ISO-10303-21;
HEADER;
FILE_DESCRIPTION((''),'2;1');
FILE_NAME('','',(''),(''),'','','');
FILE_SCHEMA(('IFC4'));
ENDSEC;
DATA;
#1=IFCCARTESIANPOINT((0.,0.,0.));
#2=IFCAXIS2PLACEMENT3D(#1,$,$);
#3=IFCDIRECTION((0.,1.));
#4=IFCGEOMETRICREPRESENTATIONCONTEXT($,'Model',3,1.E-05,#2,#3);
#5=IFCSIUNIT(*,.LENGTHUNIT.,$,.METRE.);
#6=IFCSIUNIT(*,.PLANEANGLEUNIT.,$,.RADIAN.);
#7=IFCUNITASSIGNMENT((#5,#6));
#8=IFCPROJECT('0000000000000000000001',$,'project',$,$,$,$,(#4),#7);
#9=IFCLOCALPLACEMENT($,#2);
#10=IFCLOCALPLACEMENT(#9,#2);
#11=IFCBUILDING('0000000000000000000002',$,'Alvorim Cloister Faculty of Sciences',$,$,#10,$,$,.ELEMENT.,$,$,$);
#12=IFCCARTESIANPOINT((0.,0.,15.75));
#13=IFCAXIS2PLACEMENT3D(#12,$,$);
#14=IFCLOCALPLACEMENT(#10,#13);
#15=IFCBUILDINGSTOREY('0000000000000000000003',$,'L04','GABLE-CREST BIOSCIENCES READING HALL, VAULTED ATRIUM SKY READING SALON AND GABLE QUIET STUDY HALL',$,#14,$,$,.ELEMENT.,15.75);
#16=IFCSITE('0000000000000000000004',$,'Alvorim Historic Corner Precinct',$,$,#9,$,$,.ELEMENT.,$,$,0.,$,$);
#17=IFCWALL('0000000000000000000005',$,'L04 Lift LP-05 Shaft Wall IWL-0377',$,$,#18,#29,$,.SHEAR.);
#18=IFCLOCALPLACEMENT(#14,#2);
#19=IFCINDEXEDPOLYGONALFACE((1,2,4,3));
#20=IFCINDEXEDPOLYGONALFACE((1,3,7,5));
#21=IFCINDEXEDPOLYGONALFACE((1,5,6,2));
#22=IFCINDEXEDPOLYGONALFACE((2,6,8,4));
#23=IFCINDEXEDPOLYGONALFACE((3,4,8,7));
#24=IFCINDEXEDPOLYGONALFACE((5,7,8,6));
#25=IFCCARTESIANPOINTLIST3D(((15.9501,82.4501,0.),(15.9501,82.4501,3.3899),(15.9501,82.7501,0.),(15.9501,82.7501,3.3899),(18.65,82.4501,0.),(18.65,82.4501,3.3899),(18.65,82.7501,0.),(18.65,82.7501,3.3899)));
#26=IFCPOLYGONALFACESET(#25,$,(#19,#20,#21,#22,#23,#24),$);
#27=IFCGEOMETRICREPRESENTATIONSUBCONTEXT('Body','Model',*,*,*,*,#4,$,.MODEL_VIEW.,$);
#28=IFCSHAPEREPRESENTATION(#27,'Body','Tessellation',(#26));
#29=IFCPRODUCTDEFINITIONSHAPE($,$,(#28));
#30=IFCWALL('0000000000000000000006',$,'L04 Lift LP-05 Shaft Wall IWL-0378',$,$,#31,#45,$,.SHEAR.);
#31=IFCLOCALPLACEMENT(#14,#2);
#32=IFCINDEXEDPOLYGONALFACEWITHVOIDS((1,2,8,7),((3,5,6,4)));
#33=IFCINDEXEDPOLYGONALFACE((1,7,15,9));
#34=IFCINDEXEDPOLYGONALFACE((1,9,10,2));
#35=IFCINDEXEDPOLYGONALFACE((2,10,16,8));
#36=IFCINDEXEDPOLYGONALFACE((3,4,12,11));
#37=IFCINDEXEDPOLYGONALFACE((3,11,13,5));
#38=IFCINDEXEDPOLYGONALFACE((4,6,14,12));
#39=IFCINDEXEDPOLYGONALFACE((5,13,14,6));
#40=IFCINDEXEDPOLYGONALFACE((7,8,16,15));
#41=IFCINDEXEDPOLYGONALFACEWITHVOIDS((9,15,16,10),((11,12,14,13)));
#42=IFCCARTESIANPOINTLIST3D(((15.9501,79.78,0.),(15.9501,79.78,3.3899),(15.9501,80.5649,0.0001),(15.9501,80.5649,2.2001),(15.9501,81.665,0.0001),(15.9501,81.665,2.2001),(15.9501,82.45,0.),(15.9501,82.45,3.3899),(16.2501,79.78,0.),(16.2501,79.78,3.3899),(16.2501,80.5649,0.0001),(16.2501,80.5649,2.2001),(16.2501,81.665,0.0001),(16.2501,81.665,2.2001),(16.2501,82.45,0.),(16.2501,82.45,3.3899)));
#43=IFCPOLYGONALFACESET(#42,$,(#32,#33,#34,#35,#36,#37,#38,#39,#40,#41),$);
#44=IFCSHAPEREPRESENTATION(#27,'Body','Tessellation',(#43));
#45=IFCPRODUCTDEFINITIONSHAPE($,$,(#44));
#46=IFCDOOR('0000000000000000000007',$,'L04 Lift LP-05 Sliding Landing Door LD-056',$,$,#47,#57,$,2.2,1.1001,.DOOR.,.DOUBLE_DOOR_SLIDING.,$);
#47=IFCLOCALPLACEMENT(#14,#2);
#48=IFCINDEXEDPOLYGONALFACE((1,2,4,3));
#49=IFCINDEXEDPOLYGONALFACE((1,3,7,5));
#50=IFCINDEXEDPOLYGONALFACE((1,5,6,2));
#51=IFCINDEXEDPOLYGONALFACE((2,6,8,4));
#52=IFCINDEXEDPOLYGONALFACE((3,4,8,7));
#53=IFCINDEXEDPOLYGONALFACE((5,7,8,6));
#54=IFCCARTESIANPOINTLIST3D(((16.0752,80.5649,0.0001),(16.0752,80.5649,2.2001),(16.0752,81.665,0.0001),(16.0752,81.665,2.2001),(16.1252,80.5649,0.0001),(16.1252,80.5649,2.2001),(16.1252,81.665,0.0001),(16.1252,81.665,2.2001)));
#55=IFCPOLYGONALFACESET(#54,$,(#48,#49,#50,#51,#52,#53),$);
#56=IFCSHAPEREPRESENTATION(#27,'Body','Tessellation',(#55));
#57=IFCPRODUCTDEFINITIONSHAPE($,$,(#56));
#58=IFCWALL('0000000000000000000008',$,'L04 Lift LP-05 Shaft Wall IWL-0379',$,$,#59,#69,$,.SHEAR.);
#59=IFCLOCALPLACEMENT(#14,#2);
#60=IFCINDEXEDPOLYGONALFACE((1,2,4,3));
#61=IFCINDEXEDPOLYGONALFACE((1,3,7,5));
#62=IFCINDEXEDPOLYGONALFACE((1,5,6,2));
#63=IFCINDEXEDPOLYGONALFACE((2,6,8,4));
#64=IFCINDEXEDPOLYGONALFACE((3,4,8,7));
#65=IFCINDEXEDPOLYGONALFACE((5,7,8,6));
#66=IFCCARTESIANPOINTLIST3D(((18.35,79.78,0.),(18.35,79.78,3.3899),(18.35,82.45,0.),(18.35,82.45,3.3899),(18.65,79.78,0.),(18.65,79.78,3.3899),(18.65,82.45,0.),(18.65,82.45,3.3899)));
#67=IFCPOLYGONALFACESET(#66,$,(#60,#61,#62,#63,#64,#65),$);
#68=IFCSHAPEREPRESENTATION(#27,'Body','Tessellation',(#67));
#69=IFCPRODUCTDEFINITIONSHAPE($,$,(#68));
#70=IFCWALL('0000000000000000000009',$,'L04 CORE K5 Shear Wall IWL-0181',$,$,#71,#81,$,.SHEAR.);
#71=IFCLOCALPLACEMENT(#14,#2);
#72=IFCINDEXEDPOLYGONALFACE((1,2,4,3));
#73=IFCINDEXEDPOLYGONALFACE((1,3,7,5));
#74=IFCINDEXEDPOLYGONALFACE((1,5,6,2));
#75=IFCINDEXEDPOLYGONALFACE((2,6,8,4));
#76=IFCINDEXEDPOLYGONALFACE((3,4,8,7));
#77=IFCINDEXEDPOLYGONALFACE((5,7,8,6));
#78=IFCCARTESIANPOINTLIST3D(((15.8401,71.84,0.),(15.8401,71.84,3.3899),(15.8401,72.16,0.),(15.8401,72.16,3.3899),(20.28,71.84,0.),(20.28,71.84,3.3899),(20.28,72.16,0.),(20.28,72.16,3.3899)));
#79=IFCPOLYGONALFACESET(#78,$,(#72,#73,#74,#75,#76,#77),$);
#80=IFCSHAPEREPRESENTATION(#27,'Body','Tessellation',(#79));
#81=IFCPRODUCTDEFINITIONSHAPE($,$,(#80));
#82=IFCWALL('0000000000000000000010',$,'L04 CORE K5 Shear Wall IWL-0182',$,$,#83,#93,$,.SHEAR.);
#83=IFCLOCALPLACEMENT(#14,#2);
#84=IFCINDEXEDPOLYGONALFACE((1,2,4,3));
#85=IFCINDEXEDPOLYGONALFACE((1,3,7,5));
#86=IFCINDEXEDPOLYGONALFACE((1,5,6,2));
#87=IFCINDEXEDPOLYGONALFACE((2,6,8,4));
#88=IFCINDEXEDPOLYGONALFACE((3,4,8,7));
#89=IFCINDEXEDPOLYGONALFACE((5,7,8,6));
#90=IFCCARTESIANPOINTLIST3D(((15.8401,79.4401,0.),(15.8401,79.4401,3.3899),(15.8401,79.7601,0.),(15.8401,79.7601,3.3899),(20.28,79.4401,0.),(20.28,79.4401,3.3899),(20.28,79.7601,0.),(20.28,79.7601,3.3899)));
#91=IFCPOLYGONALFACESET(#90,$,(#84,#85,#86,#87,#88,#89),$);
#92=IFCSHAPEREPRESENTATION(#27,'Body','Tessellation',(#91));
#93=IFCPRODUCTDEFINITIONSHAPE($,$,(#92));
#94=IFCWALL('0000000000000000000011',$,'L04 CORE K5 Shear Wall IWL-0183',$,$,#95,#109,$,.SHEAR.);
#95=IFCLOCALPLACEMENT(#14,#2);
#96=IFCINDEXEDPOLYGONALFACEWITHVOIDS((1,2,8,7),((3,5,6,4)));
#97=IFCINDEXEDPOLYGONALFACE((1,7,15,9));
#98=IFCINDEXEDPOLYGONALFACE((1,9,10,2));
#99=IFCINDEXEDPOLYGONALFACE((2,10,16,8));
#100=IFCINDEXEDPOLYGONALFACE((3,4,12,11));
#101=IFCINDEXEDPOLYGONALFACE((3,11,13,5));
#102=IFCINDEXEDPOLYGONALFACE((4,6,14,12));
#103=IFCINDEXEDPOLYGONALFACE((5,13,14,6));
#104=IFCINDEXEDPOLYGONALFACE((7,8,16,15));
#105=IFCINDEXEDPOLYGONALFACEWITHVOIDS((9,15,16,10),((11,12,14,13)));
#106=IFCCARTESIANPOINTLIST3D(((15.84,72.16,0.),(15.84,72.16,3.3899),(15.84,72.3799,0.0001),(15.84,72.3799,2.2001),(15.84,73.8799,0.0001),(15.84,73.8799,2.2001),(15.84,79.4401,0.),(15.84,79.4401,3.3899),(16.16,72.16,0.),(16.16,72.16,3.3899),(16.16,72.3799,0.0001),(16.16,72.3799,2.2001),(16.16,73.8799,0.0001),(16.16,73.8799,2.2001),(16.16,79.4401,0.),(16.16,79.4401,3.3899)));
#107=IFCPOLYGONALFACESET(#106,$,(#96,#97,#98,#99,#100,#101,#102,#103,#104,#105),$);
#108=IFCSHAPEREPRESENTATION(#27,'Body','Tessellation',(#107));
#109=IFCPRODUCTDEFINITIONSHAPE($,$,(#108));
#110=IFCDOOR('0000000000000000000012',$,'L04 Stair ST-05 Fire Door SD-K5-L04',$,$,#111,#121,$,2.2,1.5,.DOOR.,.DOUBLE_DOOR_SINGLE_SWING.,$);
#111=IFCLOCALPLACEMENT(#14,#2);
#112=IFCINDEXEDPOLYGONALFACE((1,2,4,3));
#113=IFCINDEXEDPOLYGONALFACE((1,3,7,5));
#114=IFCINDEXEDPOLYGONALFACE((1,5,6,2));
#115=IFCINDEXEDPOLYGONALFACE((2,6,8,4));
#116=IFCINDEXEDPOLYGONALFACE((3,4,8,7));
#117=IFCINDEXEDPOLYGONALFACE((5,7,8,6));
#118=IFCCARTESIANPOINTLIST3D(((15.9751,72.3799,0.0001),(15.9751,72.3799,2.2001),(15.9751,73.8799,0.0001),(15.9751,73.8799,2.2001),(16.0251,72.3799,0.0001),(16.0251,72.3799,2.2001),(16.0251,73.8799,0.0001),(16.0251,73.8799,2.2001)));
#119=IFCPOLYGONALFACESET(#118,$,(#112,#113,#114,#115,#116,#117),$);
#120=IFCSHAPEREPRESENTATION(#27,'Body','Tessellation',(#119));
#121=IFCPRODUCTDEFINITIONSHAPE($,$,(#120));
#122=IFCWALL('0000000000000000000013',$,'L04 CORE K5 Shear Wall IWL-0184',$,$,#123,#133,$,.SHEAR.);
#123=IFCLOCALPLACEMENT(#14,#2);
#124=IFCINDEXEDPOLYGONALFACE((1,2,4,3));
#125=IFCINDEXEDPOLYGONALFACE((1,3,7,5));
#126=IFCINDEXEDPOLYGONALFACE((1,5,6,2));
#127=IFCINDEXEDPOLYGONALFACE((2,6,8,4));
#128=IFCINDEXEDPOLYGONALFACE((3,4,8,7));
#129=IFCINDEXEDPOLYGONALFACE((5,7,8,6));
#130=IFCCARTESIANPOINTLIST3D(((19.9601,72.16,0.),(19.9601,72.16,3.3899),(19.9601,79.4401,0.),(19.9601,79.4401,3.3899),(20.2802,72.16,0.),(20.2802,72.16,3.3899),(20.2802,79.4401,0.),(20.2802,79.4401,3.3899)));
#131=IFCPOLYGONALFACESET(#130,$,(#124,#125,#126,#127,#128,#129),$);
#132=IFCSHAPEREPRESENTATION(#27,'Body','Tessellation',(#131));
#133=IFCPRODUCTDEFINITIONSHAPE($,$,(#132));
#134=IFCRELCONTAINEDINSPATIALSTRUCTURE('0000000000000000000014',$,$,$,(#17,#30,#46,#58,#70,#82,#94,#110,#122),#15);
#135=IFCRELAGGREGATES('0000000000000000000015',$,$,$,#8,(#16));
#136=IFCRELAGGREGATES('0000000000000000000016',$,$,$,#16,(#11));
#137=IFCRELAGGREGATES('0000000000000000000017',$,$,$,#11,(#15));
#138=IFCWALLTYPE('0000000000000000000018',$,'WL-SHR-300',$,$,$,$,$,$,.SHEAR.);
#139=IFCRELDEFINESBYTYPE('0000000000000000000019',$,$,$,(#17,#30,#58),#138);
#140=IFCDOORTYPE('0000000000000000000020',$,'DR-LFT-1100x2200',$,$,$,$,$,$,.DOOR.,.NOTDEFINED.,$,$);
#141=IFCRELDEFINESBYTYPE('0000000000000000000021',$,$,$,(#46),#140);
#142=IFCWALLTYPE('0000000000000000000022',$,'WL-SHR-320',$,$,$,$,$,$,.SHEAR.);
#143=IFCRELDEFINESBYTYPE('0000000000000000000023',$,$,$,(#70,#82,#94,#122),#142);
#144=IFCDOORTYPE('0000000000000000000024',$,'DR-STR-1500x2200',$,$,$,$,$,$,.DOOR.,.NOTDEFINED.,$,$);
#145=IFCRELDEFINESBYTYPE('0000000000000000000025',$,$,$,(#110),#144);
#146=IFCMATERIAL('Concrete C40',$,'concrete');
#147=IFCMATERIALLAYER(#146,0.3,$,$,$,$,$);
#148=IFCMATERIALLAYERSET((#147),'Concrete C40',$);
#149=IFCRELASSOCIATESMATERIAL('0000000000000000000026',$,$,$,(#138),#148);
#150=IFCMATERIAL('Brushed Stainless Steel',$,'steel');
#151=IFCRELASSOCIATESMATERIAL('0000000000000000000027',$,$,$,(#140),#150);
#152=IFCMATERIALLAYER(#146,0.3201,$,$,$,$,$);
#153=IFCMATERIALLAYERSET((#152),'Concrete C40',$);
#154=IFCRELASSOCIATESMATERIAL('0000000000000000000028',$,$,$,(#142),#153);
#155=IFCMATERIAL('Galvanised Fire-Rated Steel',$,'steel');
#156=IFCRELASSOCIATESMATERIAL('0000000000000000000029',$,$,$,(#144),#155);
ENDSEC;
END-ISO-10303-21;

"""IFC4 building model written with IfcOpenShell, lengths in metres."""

from ifc_helpers import new_model, si_unit, direction, frame, frame_2d, origin, place, context, subcontext, project, spatial, rectangle, extrude, material, layer, layer_set, type_object, element, fill, save


model = new_model("IFC4")

# Units and contexts
model_context = context("Model", 3, precision=1e-05, world=origin(), true_north=direction((0.0, 1.0)))
body_context = subcontext(model_context, "Body", "Model", "MODEL_VIEW")
ifc_project = project(units=[si_unit("LENGTHUNIT", "METRE"), si_unit("PLANEANGLEUNIT", "RADIAN")], contexts=[model_context])

# Site, building, storey
site_placement = place(None, origin())
site = spatial("IfcSite", under=ifc_project, at=site_placement, Name="Alvorim Historic Corner Precinct", CompositionType="ELEMENT", RefElevation=0.0)
building_placement = place(site_placement, origin())
building = spatial("IfcBuilding", under=site, at=building_placement, Name="Alvorim Cloister Faculty of Sciences", CompositionType="ELEMENT")
storey_placement = place(building_placement, frame((0.0, 0.0, 15.75)))
storey = spatial("IfcBuildingStorey", under=building, at=storey_placement, Name="L04", Description="GABLE-CREST BIOSCIENCES READING HALL, VAULTED ATRIUM SKY READING SALON AND GABLE QUIET STUDY HALL", CompositionType="ELEMENT", Elevation=15.75)

# Wall
ifc_material_1 = material(Name="Concrete C40", Category="concrete")
ifc_layer_1 = layer(ifc_material_1, 0.3)
ifc_layer_set_1 = layer_set([ifc_layer_1], Name="Concrete C40")
wall_type_1 = type_object("IfcWallType", Name="WL-SHR-300", PredefinedType="SHEAR", material=ifc_layer_set_1)
wall_1_placement = place(storey_placement, frame((15.95, 82.6001, 0.0), z_axis=(0.0, 0.0, 1.0), x_axis=(1.0, 0.0, 0.0)))
element("IfcWall", 1, at=wall_1_placement, inside=storey, type_object=wall_type_1, Name="L04 Lift LP-05 Shaft Wall IWL-0377", PredefinedType="SHEAR", context=body_context, shape_type="SweptSolid", body=[
    extrude(rectangle(XDim=2.7, YDim=0.3, at=frame_2d((1.3501, 0.0))), origin(), (0.0, 0.0, 1.0), 3.3899),
])

# Wall, opening, door
wall_2_placement = place(storey_placement, frame((16.1001, 79.78, 0.0), z_axis=(0.0, 0.0, 1.0), x_axis=(0.0, 1.0, 0.0)))
wall_2 = element("IfcWall", 2, at=wall_2_placement, inside=storey, type_object=wall_type_1, Name="L04 Lift LP-05 Shaft Wall IWL-0378", PredefinedType="SHEAR", context=body_context, shape_type="SweptSolid", body=[
    extrude(rectangle(XDim=2.6699, YDim=0.3, at=frame_2d((1.335, 0.0))), origin(), (0.0, 0.0, 1.0), 3.3899),
])
opening_1_placement = place(wall_2_placement, frame((0.7849, 0.0, 0.0)))
opening_1 = element("IfcOpeningElement", 3, at=opening_1_placement, cuts=wall_2, PredefinedType="OPENING", context=body_context, shape_type="SweptSolid", body=[
    extrude(rectangle(XDim=1.1001, YDim=2.2, at=frame_2d((0.55, 1.1001))), frame((0.0, 0.1621, 0.0), z_axis=(0.0, -1.0, 0.0), x_axis=(1.0, 0.0, 0.0)), (0.0, 0.0, 1.0), 0.324),
])
ifc_material_2 = material(Name="Brushed Stainless Steel", Category="steel")
door_type_1 = type_object("IfcDoorType", Name="DR-LFT-1100x2200", OperationType="NOTDEFINED", PredefinedType="DOOR", material=ifc_material_2)
door_1_placement = place(opening_1_placement, origin())
door_1 = element("IfcDoor", 4, at=door_1_placement, inside=storey, type_object=door_type_1, Name="L04 Lift LP-05 Sliding Landing Door LD-056", OperationType="DOUBLE_DOOR_SLIDING", OverallHeight=2.2, OverallWidth=1.1001, PredefinedType="DOOR", context=body_context, shape_type="SweptSolid", body=[
    extrude(rectangle(XDim=1.1001, YDim=2.2, at=frame_2d((0.55, 1.1001))), frame((0.0, 0.0249, 0.0), z_axis=(0.0, -1.0, 0.0), x_axis=(1.0, 0.0, 0.0)), (0.0, 0.0, 1.0), 0.05),
])
fill(opening_1, door_1)

# Walls
wall_3_placement = place(storey_placement, frame((18.5, 79.78, 0.0), z_axis=(0.0, 0.0, 1.0), x_axis=(0.0, 1.0, 0.0)))
element("IfcWall", 5, at=wall_3_placement, inside=storey, type_object=wall_type_1, Name="L04 Lift LP-05 Shaft Wall IWL-0379", PredefinedType="SHEAR", context=body_context, shape_type="SweptSolid", body=[
    extrude(rectangle(XDim=2.6699, YDim=0.3, at=frame_2d((1.335, 0.0))), origin(), (0.0, 0.0, 1.0), 3.3899),
])
ifc_layer_2 = layer(ifc_material_1, 0.3201)
ifc_layer_set_2 = layer_set([ifc_layer_2], Name="Concrete C40")
wall_type_2 = type_object("IfcWallType", Name="WL-SHR-320", PredefinedType="SHEAR", material=ifc_layer_set_2)
for number, where, z_axis, x_axis, name in (
    (6, (15.8401, 72.0, 0.0), (0.0, 0.0, 1.0), (1.0, 0.0, 0.0), "L04 CORE K5 Shear Wall IWL-0181"),
    (7, (15.8401, 79.6001, 0.0), (0.0, 0.0, 1.0), (1.0, 0.0, 0.0), "L04 CORE K5 Shear Wall IWL-0182"),
):
    element("IfcWall", number, at=place(storey_placement, frame(where, z_axis=z_axis, x_axis=x_axis)), inside=storey, type_object=wall_type_2, Name=name, PredefinedType="SHEAR", context=body_context, shape_type="SweptSolid", body=[
        extrude(rectangle(XDim=4.4399, YDim=0.3201, at=frame_2d((2.22, 0.0))), origin(), (0.0, 0.0, 1.0), 3.3899),
    ])

# Wall, opening, door
wall_4_placement = place(storey_placement, frame((16.0, 72.1599, 0.0), z_axis=(0.0, 0.0, 1.0), x_axis=(0.0, 1.0, 0.0)))
wall_4 = element("IfcWall", 8, at=wall_4_placement, inside=storey, type_object=wall_type_2, Name="L04 CORE K5 Shear Wall IWL-0183", PredefinedType="SHEAR", context=body_context, shape_type="SweptSolid", body=[
    extrude(rectangle(XDim=7.28, YDim=0.3201, at=frame_2d((3.6401, 0.0))), origin(), (0.0, 0.0, 1.0), 3.3899),
])
opening_2_placement = place(wall_4_placement, frame((0.22, 0.0, 0.0)))
opening_2 = element("IfcOpeningElement", 9, at=opening_2_placement, cuts=wall_4, PredefinedType="OPENING", context=body_context, shape_type="SweptSolid", body=[
    extrude(rectangle(XDim=1.5, YDim=2.2, at=frame_2d((0.75, 1.1001))), frame((0.0, 0.1719, 0.0), z_axis=(0.0, -1.0, 0.0), x_axis=(1.0, 0.0, 0.0)), (0.0, 0.0, 1.0), 0.344),
])
ifc_material_3 = material(Name="Galvanised Fire-Rated Steel", Category="steel")
door_type_2 = type_object("IfcDoorType", Name="DR-STR-1500x2200", OperationType="NOTDEFINED", PredefinedType="DOOR", material=ifc_material_3)
door_2_placement = place(opening_2_placement, origin())
door_2 = element("IfcDoor", 10, at=door_2_placement, inside=storey, type_object=door_type_2, Name="L04 Stair ST-05 Fire Door SD-K5-L04", OperationType="DOUBLE_DOOR_SINGLE_SWING", OverallHeight=2.2, OverallWidth=1.5, PredefinedType="DOOR", context=body_context, shape_type="SweptSolid", body=[
    extrude(rectangle(XDim=1.5, YDim=2.2, at=frame_2d((0.75, 1.1001))), frame((0.0, 0.0249, 0.0), z_axis=(0.0, -1.0, 0.0), x_axis=(1.0, 0.0, 0.0)), (0.0, 0.0, 1.0), 0.05),
])
fill(opening_2, door_2)

# Wall
wall_5_placement = place(storey_placement, frame((20.1201, 72.1599, 0.0), z_axis=(0.0, 0.0, 1.0), x_axis=(0.0, 1.0, 0.0)))
element("IfcWall", 11, at=wall_5_placement, inside=storey, type_object=wall_type_2, Name="L04 CORE K5 Shear Wall IWL-0184", PredefinedType="SHEAR", context=body_context, shape_type="SweptSolid", body=[
    extrude(rectangle(XDim=7.28, YDim=0.3201, at=frame_2d((3.6401, 0.0))), origin(), (0.0, 0.0, 1.0), 3.3899),
])

save(model, "model.ifc")
